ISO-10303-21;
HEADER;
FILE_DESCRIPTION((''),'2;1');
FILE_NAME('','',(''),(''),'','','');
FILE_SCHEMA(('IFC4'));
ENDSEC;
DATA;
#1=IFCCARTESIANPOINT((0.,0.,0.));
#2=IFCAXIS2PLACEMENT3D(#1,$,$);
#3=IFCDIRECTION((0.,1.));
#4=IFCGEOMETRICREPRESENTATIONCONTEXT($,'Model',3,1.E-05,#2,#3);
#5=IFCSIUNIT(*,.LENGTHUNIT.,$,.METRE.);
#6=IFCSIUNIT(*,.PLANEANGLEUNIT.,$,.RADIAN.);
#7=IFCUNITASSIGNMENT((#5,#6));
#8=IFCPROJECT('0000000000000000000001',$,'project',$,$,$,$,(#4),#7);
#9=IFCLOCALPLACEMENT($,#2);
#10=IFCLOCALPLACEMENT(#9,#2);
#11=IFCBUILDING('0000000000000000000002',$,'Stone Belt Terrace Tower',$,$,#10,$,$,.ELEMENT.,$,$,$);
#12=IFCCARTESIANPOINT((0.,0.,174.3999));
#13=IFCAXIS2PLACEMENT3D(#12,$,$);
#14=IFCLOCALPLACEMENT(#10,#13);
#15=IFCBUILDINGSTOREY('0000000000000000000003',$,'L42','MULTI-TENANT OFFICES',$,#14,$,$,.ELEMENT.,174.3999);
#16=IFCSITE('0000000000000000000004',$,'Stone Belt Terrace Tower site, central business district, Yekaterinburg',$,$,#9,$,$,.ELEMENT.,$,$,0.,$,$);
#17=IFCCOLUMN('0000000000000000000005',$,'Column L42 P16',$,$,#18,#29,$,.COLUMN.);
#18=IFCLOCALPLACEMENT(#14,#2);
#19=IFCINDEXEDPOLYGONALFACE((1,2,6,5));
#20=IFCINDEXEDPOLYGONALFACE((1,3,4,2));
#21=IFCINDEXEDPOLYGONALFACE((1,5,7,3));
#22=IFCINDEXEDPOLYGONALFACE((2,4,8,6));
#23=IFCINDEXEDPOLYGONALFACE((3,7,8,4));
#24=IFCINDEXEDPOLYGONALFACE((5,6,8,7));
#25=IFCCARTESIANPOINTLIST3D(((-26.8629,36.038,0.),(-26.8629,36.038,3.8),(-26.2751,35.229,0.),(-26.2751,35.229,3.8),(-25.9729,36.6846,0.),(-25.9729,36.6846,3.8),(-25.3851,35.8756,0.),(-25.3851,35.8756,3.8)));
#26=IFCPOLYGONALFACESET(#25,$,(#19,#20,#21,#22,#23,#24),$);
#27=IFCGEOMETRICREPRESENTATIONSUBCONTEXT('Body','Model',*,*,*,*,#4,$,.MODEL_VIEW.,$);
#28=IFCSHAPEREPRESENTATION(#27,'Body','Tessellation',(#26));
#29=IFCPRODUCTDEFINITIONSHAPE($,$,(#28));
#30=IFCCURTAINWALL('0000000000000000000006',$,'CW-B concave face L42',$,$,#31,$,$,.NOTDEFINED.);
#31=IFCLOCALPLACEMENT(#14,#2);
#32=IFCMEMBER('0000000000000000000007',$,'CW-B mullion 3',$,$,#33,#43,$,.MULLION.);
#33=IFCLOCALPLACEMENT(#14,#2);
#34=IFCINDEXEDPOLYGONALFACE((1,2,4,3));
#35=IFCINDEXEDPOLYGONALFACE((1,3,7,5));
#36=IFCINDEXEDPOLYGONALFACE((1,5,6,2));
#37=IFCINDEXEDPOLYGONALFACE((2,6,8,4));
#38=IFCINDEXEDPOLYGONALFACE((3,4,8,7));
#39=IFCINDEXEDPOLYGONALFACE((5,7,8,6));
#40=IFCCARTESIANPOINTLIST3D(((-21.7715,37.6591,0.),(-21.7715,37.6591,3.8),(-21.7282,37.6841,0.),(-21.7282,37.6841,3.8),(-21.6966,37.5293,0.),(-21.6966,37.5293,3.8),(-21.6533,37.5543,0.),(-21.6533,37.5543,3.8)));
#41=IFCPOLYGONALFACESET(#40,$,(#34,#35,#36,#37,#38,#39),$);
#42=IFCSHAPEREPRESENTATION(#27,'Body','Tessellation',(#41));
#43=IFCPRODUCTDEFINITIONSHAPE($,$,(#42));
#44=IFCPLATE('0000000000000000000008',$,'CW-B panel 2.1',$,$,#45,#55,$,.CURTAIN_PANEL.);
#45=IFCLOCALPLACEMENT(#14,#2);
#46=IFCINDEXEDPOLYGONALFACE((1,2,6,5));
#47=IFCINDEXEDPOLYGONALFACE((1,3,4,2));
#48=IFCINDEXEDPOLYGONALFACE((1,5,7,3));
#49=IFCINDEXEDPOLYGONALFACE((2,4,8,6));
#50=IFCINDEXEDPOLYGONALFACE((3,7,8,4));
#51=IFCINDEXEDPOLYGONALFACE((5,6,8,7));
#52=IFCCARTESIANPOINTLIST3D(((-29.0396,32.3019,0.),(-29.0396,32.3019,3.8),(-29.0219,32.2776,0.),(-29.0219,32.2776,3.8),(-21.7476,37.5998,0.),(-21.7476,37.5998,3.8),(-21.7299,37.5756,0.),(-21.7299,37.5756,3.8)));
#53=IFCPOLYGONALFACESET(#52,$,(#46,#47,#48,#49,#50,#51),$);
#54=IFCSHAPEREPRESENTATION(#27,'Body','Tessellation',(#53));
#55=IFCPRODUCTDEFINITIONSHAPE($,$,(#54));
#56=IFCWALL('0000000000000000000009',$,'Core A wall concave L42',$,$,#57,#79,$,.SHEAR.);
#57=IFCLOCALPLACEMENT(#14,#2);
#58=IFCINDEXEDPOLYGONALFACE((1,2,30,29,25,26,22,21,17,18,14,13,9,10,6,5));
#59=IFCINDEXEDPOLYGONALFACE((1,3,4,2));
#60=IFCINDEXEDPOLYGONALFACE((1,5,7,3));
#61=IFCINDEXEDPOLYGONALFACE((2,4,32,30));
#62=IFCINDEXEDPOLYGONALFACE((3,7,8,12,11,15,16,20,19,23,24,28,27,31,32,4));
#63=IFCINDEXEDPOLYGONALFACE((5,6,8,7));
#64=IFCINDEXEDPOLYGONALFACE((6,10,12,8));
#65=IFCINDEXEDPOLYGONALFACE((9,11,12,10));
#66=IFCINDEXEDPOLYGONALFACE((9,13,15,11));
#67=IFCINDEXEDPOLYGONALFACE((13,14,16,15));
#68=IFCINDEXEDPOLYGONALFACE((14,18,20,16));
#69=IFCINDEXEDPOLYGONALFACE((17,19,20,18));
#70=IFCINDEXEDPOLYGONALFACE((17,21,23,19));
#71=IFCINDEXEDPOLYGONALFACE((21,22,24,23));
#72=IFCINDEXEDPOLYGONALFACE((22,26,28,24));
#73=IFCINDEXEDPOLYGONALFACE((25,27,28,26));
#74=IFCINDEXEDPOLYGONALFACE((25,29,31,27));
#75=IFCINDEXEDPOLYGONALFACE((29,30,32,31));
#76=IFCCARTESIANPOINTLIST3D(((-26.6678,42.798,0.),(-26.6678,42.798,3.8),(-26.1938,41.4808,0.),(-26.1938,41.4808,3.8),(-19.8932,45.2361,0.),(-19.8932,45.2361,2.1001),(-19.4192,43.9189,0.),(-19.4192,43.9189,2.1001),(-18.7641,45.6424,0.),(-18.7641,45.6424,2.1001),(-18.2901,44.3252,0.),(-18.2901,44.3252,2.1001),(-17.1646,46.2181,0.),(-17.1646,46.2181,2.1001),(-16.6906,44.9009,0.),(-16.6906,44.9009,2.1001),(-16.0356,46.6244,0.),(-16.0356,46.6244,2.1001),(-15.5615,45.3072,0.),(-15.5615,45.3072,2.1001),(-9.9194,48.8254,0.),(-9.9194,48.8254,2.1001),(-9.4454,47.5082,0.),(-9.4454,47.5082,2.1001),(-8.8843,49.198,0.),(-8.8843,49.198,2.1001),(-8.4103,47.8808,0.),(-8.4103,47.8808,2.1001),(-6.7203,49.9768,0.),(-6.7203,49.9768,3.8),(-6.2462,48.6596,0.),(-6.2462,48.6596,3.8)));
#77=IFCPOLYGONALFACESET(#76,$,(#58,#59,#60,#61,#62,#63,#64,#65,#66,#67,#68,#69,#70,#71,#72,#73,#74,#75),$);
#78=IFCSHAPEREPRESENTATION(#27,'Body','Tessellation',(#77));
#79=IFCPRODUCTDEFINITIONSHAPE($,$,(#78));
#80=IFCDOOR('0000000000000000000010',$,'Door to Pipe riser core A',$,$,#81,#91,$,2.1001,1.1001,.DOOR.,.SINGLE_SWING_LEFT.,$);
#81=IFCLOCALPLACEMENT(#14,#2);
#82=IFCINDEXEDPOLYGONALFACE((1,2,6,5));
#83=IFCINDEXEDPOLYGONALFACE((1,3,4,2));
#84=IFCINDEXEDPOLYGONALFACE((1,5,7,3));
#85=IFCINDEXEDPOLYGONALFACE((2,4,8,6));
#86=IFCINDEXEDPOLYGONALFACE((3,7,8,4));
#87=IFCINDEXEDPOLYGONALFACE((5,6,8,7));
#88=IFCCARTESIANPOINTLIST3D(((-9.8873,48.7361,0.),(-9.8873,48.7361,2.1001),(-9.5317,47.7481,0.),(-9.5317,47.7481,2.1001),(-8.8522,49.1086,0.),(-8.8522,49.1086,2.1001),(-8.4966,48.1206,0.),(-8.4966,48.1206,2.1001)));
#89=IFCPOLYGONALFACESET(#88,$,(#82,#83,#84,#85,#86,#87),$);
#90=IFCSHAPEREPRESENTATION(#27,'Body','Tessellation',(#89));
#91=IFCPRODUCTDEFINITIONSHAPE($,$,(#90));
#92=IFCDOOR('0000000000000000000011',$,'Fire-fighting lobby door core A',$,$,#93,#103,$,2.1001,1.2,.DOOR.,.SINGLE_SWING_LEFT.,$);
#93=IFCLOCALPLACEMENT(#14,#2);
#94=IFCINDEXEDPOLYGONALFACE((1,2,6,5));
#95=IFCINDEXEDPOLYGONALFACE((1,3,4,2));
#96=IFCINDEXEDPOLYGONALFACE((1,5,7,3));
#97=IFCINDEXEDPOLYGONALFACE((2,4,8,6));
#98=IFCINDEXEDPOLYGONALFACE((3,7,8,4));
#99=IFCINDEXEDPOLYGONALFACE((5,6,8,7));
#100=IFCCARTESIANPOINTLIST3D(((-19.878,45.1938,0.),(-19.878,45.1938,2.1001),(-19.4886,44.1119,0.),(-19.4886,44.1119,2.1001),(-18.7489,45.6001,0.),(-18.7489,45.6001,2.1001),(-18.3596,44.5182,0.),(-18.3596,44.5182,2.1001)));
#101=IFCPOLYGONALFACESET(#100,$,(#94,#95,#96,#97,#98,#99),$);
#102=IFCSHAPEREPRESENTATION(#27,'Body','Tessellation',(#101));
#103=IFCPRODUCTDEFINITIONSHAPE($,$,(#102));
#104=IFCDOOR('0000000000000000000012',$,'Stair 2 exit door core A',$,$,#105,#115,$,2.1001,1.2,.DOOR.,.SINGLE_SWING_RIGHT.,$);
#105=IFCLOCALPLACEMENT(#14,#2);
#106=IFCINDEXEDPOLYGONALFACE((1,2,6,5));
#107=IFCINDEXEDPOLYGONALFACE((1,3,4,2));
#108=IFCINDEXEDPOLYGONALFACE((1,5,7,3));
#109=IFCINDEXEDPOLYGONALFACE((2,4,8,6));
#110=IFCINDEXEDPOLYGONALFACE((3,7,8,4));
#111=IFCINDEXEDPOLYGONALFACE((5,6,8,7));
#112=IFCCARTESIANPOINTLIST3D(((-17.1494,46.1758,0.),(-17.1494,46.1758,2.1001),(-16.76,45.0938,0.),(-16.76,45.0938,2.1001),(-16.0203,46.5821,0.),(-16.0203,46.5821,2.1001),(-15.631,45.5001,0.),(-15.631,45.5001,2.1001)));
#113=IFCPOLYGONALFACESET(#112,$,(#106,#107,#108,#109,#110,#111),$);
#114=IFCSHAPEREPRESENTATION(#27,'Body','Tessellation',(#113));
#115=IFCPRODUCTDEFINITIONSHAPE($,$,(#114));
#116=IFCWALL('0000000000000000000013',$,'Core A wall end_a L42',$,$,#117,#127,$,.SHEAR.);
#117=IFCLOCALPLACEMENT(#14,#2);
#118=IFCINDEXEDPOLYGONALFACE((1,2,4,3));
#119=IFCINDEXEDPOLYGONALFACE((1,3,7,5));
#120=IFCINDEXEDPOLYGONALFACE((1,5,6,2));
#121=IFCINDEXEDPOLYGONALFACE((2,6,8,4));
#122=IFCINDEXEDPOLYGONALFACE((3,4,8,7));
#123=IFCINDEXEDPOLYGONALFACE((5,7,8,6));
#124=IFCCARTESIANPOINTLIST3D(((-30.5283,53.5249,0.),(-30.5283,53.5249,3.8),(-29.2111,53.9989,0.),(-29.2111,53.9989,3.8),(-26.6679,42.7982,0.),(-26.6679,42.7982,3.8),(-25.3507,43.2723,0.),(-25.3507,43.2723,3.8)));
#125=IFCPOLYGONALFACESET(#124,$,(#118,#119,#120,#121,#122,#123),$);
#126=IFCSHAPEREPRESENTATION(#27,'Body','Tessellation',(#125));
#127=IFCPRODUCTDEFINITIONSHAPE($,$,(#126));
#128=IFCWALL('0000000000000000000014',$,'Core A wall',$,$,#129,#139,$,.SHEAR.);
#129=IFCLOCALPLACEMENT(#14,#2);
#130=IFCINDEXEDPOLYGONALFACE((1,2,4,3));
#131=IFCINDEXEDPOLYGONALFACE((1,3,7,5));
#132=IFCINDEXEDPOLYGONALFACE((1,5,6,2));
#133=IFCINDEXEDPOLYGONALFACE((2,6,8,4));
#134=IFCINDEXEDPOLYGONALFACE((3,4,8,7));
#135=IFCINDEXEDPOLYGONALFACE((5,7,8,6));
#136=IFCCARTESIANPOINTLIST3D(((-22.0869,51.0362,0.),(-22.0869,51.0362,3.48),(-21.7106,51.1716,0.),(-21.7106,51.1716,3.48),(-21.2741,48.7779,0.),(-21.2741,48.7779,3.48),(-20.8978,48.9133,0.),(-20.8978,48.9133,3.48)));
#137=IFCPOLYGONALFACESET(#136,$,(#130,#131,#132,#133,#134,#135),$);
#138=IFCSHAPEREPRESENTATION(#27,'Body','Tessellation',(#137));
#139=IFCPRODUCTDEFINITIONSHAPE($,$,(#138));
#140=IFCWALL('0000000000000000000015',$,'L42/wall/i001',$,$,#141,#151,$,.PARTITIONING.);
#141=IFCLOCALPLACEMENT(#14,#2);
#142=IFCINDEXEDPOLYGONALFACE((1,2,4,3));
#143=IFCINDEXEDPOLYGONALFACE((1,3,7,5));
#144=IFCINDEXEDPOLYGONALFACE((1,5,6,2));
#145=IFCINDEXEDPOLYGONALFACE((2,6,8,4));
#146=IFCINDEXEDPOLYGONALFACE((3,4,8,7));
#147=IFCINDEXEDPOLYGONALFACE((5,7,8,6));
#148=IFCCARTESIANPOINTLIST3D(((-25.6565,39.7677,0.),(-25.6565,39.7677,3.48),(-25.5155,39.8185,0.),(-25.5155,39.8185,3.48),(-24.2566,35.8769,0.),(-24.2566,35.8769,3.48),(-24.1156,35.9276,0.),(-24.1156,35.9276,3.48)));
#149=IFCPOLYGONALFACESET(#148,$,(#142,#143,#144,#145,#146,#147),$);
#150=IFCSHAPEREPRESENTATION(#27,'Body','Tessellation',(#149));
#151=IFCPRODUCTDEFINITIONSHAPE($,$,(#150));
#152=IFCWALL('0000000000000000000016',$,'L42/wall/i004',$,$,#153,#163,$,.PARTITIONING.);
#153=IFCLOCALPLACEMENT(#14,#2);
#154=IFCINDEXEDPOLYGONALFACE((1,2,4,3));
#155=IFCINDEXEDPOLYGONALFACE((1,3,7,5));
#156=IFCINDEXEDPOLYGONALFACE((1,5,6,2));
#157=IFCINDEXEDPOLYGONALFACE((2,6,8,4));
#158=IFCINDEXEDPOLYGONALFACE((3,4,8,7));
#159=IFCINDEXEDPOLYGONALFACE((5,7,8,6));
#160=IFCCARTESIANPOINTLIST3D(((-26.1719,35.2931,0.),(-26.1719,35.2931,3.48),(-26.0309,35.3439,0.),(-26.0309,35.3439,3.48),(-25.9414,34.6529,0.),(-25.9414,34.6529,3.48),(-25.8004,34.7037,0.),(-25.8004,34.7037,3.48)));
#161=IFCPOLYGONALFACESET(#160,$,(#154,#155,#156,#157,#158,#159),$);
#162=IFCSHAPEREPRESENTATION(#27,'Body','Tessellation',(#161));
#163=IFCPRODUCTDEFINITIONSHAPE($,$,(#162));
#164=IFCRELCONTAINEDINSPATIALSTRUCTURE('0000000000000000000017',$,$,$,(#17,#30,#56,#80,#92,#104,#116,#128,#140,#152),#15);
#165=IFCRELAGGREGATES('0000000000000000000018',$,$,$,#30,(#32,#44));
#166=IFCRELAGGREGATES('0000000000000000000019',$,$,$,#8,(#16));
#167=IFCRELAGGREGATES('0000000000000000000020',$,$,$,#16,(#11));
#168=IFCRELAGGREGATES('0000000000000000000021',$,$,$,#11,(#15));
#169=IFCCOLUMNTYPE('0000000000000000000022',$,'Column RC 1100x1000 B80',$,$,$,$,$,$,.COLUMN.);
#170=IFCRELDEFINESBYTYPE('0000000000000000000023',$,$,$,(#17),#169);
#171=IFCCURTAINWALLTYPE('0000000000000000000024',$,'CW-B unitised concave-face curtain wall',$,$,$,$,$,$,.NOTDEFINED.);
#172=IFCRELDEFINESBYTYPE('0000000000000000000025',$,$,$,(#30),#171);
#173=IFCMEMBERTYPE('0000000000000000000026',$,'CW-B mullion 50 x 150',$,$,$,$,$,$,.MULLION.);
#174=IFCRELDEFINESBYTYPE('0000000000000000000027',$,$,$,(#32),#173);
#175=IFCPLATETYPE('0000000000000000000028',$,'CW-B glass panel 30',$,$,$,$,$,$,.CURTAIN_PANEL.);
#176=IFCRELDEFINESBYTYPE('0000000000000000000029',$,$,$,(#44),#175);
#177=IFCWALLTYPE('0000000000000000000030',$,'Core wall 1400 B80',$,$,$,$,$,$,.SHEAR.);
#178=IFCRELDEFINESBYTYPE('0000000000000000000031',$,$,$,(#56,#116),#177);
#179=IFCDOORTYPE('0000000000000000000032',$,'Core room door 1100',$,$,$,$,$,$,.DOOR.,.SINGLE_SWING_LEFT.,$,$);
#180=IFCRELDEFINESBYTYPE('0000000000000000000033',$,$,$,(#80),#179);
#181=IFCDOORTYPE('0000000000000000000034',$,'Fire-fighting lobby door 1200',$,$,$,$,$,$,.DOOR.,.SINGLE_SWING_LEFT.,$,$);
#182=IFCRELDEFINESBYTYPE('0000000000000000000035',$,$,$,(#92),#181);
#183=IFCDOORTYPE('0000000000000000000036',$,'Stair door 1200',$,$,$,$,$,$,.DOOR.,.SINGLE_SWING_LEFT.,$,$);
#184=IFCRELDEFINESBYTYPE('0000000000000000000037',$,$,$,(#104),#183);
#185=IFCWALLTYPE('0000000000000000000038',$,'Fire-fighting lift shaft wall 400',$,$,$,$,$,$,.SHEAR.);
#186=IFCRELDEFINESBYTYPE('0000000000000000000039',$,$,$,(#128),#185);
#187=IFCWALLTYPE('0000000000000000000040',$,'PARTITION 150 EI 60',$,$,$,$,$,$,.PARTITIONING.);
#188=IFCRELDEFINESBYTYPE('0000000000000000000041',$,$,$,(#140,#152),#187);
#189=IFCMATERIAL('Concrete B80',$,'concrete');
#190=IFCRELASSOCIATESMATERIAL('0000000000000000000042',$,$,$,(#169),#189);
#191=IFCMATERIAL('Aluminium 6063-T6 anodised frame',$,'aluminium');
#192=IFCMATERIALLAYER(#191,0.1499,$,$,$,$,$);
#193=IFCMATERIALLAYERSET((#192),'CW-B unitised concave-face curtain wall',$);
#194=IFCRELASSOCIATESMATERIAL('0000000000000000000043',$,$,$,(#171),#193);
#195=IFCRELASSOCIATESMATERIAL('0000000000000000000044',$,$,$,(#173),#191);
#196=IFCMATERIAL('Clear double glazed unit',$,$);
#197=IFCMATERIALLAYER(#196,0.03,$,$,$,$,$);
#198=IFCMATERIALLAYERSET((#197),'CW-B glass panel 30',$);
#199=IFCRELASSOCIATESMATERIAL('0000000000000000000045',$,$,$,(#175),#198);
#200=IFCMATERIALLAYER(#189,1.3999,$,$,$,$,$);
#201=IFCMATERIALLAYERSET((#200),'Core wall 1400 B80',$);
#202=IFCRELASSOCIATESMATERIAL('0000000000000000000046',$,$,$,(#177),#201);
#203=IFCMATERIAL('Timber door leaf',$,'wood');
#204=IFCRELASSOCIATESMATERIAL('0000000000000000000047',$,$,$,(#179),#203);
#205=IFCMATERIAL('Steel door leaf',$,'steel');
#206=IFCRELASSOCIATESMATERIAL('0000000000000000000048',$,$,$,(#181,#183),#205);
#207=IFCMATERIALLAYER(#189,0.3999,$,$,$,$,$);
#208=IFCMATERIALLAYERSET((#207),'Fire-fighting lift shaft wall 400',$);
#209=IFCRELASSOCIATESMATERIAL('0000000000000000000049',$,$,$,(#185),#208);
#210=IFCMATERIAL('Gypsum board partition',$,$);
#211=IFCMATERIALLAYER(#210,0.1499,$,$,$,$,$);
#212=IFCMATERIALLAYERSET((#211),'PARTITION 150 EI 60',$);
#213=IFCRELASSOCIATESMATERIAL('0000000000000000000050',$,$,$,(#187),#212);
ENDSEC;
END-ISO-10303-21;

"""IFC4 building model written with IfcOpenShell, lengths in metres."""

from ifc_helpers import new_model, si_unit, direction, frame, frame_2d, origin, origin_2d, place, context, subcontext, project, spatial, rectangle, extrude, material, layer, layer_set, material_profile, profile_set, type_object, element, fill, aggregate, save


model = new_model("IFC4")

# Units and contexts
model_context = context("Model", 3, precision=1e-05, world=origin(), true_north=direction((0.0, 1.0)))
body_context = subcontext(model_context, "Body", "Model", "MODEL_VIEW")
ifc_project = project(units=[si_unit("LENGTHUNIT", "METRE"), si_unit("PLANEANGLEUNIT", "RADIAN")], contexts=[model_context])

# Site, building, storey
site_placement = place(None, origin())
site = spatial("IfcSite", under=ifc_project, at=site_placement, Name="Stone Belt Terrace Tower site, central business district, Yekaterinburg", CompositionType="ELEMENT", RefElevation=0.0)
building_placement = place(site_placement, origin())
building = spatial("IfcBuilding", under=site, at=building_placement, Name="Stone Belt Terrace Tower", CompositionType="ELEMENT")
storey_placement = place(building_placement, frame((0.0, 0.0, 174.3999)))
storey = spatial("IfcBuildingStorey", under=building, at=storey_placement, Name="L42", Description="MULTI-TENANT OFFICES", CompositionType="ELEMENT", Elevation=174.3999)

# Column
ifc_material_1 = material(Name="Concrete B80", Category="concrete")
ifc_material_profile_1 = material_profile(ifc_material_1, rectangle(XDim=1.1001, YDim=1.0, at=origin_2d()), Name="RC 1100x1000")
ifc_profile_set_1 = profile_set([ifc_material_profile_1], Name="Concrete B80")
column_type = type_object("IfcColumnType", Name="Column RC 1100x1000 B80", PredefinedType="COLUMN", material=ifc_profile_set_1)
column_placement = place(storey_placement, frame((-26.124, 35.9568, 0.0), z_axis=(0.0, 0.0, 1.0), x_axis=(0.809017, 0.587785, 0.0)))
element("IfcColumn", 1, at=column_placement, inside=storey, type_object=column_type, Name="Column L42 P16", PredefinedType="COLUMN", context=body_context, shape_type="SweptSolid", body=[
    extrude(rectangle(XDim=1.1001, YDim=1.0, at=origin_2d()), origin(), (0.0, 0.0, 1.0), 3.8),
])

# Curtain wall, member, plate
ifc_material_2 = material(Name="Aluminium 6063-T6 anodised frame", Category="aluminium")
ifc_layer_1 = layer(ifc_material_2, 0.1499)
ifc_layer_set_1 = layer_set([ifc_layer_1], Name="CW-B unitised concave-face curtain wall")
curtain_wall_type = type_object("IfcCurtainWallType", Name="CW-B unitised concave-face curtain wall", PredefinedType="NOTDEFINED", material=ifc_layer_set_1)
curtain_wall_placement = place(storey_placement, origin())
curtain_wall = element("IfcCurtainWall", 2, at=curtain_wall_placement, inside=storey, type_object=curtain_wall_type, Name="CW-B concave face L42", PredefinedType="NOTDEFINED")
ifc_material_profile_2 = material_profile(ifc_material_2, rectangle(XDim=0.1499, YDim=0.05, at=origin_2d()), Name="Aluminium 6063-T6 50x150")
ifc_profile_set_2 = profile_set([ifc_material_profile_2], Name="Aluminium 6063-T6 anodised frame")
member_type = type_object("IfcMemberType", Name="CW-B mullion 50 x 150", PredefinedType="MULLION", material=ifc_profile_set_2)
member_placement = place(storey_placement, frame((-21.7124, 37.6067, 0.0), z_axis=(0.0, 0.0, 1.0), x_axis=(-0.5, 0.866025, 0.0)))
member = element("IfcMember", 3, at=member_placement, type_object=member_type, Name="CW-B mullion 3", PredefinedType="MULLION", context=body_context, shape_type="SweptSolid", body=[
    extrude(rectangle(XDim=0.1499, YDim=0.05, at=origin_2d()), origin(), (0.0, 0.0, 1.0), 3.8),
])
ifc_material_3 = material(Name="Clear double glazed unit")
ifc_layer_2 = layer(ifc_material_3, 0.03)
ifc_layer_set_2 = layer_set([ifc_layer_2], Name="CW-B glass panel 30")
plate_type = type_object("IfcPlateType", Name="CW-B glass panel 30", PredefinedType="CURTAIN_PANEL", material=ifc_layer_set_2)
plate_placement = place(storey_placement, frame((-25.3848, 34.9387, 0.0), z_axis=(0.0, 0.0, 1.0), x_axis=(0.809017, 0.587785, 0.0)))
plate = element("IfcPlate", 4, at=plate_placement, type_object=plate_type, Name="CW-B panel 2.1", PredefinedType="CURTAIN_PANEL", context=body_context, shape_type="SweptSolid", body=[
    extrude(rectangle(XDim=9.0134, YDim=0.03, at=origin_2d()), origin(), (0.0, 0.0, 1.0), 3.8),
])
aggregate(curtain_wall, [member, plate])

# Wall, openings, doors
ifc_layer_3 = layer(ifc_material_1, 1.3999)
ifc_layer_set_3 = layer_set([ifc_layer_3], Name="Core wall 1400 B80")
wall_type_1 = type_object("IfcWallType", Name="Core wall 1400 B80", PredefinedType="SHEAR", material=ifc_layer_set_3)
wall_1_placement = place(storey_placement, frame((-26.4309, 42.1394, 0.0), z_axis=(0.0, 0.0, 1.0), x_axis=(0.940923, 0.33862, 0.0)))
wall_1 = element("IfcWall", 5, at=wall_1_placement, inside=storey, type_object=wall_type_1, Name="Core A wall concave L42", PredefinedType="SHEAR", context=body_context, shape_type="SweptSolid", body=[
    extrude(rectangle(XDim=21.2, YDim=1.3999, at=frame_2d((10.6001, 0.0))), origin(), (0.0, 0.0, 1.0), 3.8),
])
opening_1_placement = place(wall_1_placement, frame((7.2, 0.0, 0.0)))
opening_1 = element("IfcOpeningElement", 6, at=opening_1_placement, cuts=wall_1, PredefinedType="OPENING", context=body_context, shape_type="SweptSolid", body=[
    extrude(rectangle(XDim=1.2, YDim=2.1001, at=frame_2d((0.6001, 1.05))), frame((0.0, 0.71, 0.0), z_axis=(0.0, -1.0, 0.0), x_axis=(1.0, 0.0, 0.0)), (0.0, 0.0, 1.0), 1.4199),
])
opening_2_placement = place(wall_1_placement, frame((10.0999, 0.0, 0.0)))
opening_2 = element("IfcOpeningElement", 7, at=opening_2_placement, cuts=wall_1, PredefinedType="OPENING", context=body_context, shape_type="SweptSolid", body=[
    extrude(rectangle(XDim=1.2, YDim=2.1001, at=frame_2d((0.6001, 1.05))), frame((0.0, 0.71, 0.0), z_axis=(0.0, -1.0, 0.0), x_axis=(1.0, 0.0, 0.0)), (0.0, 0.0, 1.0), 1.4199),
])
opening_3_placement = place(wall_1_placement, frame((17.8, 0.0, 0.0)))
opening_3 = element("IfcOpeningElement", 8, at=opening_3_placement, cuts=wall_1, PredefinedType="OPENING", context=body_context, shape_type="SweptSolid", body=[
    extrude(rectangle(XDim=1.1001, YDim=2.1001, at=frame_2d((0.55, 1.05))), frame((0.0, 0.71, 0.0), z_axis=(0.0, -1.0, 0.0), x_axis=(1.0, 0.0, 0.0)), (0.0, 0.0, 1.0), 1.4199),
])
ifc_material_4 = material(Name="Timber door leaf", Category="wood")
door_type_1 = type_object("IfcDoorType", Name="Core room door 1100", OperationType="SINGLE_SWING_LEFT", PredefinedType="DOOR", material=ifc_material_4)
door_1_placement = place(opening_3_placement, origin())
door_1 = element("IfcDoor", 9, at=door_1_placement, inside=storey, type_object=door_type_1, Name="Door to Pipe riser core A", OperationType="SINGLE_SWING_LEFT", OverallHeight=2.1001, OverallWidth=1.1001, PredefinedType="DOOR", context=body_context, shape_type="SweptSolid", body=[
    extrude(rectangle(XDim=1.1001, YDim=2.1001, at=frame_2d((0.55, 1.05))), frame((0.0, 0.605, 0.0), z_axis=(0.0, -1.0, 0.0), x_axis=(1.0, 0.0, 0.0)), (0.0, 0.0, 1.0), 1.05),
])
fill(opening_3, door_1)
ifc_material_5 = material(Name="Steel door leaf", Category="steel")
door_type_2 = type_object("IfcDoorType", Name="Fire-fighting lobby door 1200", OperationType="SINGLE_SWING_LEFT", PredefinedType="DOOR", material=ifc_material_5)
door_2_placement = place(opening_1_placement, origin())
door_2 = element("IfcDoor", 10, at=door_2_placement, inside=storey, type_object=door_type_2, Name="Fire-fighting lobby door core A", OperationType="SINGLE_SWING_LEFT", OverallHeight=2.1001, OverallWidth=1.2, PredefinedType="DOOR", context=body_context, shape_type="SweptSolid", body=[
    extrude(rectangle(XDim=1.2, YDim=2.1001, at=frame_2d((0.6001, 1.05))), frame((0.0, 0.655, 0.0), z_axis=(0.0, -1.0, 0.0), x_axis=(1.0, 0.0, 0.0)), (0.0, 0.0, 1.0), 1.1499),
])
fill(opening_1, door_2)
door_type_3 = type_object("IfcDoorType", Name="Stair door 1200", OperationType="SINGLE_SWING_LEFT", PredefinedType="DOOR", material=ifc_material_5)
door_3_placement = place(opening_2_placement, origin())
door_3 = element("IfcDoor", 11, at=door_3_placement, inside=storey, type_object=door_type_3, Name="Stair 2 exit door core A", OperationType="SINGLE_SWING_RIGHT", OverallHeight=2.1001, OverallWidth=1.2, PredefinedType="DOOR", context=body_context, shape_type="SweptSolid", body=[
    extrude(rectangle(XDim=1.2, YDim=2.1001, at=frame_2d((0.6001, 1.05))), frame((0.0, 0.655, 0.0), z_axis=(0.0, -1.0, 0.0), x_axis=(1.0, 0.0, 0.0)), (0.0, 0.0, 1.0), 1.1499),
])
fill(opening_2, door_3)

# Walls
wall_2_placement = place(storey_placement, frame((-26.0093, 43.0352, 0.0), z_axis=(0.0, 0.0, 1.0), x_axis=(-0.338625, 0.940921, 0.0)))
element("IfcWall", 12, at=wall_2_placement, inside=storey, type_object=wall_type_1, Name="Core A wall end_a L42", PredefinedType="SHEAR", context=body_context, shape_type="SweptSolid", body=[
    extrude(rectangle(XDim=11.4001, YDim=1.3999, at=frame_2d((5.7002, 0.0))), origin(), (0.0, 0.0, 1.0), 3.8),
])
ifc_layer_4 = layer(ifc_material_1, 0.3999)
ifc_layer_set_4 = layer_set([ifc_layer_4], Name="Fire-fighting lift shaft wall 400")
wall_type_2 = type_object("IfcWallType", Name="Fire-fighting lift shaft wall 400", PredefinedType="SHEAR", material=ifc_layer_set_4)
wall_3_placement = place(storey_placement, frame((-21.0859, 48.8455, 0.0), z_axis=(0.0, 0.0, 1.0), x_axis=(-0.338629, 0.94092, 0.0)))
element("IfcWall", 13, at=wall_3_placement, inside=storey, type_object=wall_type_2, Name="Core A wall", PredefinedType="SHEAR", context=body_context, shape_type="SweptSolid", body=[
    extrude(rectangle(XDim=2.4001, YDim=0.3999, at=frame_2d((1.2002, 0.0))), origin(), (0.0, 0.0, 1.0), 3.48),
])
ifc_material_6 = material(Name="Gypsum board partition")
ifc_layer_5 = layer(ifc_material_6, 0.1499)
ifc_layer_set_5 = layer_set([ifc_layer_5], Name="PARTITION 150 EI 60")
wall_type_3 = type_object("IfcWallType", Name="PARTITION 150 EI 60", PredefinedType="PARTITIONING", material=ifc_layer_set_5)
wall_4_placement = place(storey_placement, frame((-25.5859, 39.793, 0.0), z_axis=(0.0, 0.0, 1.0), x_axis=(0.338546, -0.94095, 0.0)))
element("IfcWall", 14, at=wall_4_placement, inside=storey, type_object=wall_type_3, Name="L42/wall/i001", PredefinedType="PARTITIONING", context=body_context, shape_type="SweptSolid", body=[
    extrude(rectangle(XDim=4.135, YDim=0.1499, at=frame_2d((2.0674, 0.0))), origin(), (0.0, 0.0, 1.0), 3.48),
])
wall_5_placement = place(storey_placement, frame((-25.8708, 34.6782, 0.0), z_axis=(0.0, 0.0, 1.0), x_axis=(-0.338745, 0.940878, 0.0)))
element("IfcWall", 15, at=wall_5_placement, inside=storey, type_object=wall_type_3, Name="L42/wall/i004", PredefinedType="PARTITIONING", context=body_context, shape_type="SweptSolid", body=[
    extrude(rectangle(XDim=0.6804, YDim=0.1499, at=frame_2d((0.3403, 0.0))), origin(), (0.0, 0.0, 1.0), 3.48),
])

save(model, "model.ifc")
